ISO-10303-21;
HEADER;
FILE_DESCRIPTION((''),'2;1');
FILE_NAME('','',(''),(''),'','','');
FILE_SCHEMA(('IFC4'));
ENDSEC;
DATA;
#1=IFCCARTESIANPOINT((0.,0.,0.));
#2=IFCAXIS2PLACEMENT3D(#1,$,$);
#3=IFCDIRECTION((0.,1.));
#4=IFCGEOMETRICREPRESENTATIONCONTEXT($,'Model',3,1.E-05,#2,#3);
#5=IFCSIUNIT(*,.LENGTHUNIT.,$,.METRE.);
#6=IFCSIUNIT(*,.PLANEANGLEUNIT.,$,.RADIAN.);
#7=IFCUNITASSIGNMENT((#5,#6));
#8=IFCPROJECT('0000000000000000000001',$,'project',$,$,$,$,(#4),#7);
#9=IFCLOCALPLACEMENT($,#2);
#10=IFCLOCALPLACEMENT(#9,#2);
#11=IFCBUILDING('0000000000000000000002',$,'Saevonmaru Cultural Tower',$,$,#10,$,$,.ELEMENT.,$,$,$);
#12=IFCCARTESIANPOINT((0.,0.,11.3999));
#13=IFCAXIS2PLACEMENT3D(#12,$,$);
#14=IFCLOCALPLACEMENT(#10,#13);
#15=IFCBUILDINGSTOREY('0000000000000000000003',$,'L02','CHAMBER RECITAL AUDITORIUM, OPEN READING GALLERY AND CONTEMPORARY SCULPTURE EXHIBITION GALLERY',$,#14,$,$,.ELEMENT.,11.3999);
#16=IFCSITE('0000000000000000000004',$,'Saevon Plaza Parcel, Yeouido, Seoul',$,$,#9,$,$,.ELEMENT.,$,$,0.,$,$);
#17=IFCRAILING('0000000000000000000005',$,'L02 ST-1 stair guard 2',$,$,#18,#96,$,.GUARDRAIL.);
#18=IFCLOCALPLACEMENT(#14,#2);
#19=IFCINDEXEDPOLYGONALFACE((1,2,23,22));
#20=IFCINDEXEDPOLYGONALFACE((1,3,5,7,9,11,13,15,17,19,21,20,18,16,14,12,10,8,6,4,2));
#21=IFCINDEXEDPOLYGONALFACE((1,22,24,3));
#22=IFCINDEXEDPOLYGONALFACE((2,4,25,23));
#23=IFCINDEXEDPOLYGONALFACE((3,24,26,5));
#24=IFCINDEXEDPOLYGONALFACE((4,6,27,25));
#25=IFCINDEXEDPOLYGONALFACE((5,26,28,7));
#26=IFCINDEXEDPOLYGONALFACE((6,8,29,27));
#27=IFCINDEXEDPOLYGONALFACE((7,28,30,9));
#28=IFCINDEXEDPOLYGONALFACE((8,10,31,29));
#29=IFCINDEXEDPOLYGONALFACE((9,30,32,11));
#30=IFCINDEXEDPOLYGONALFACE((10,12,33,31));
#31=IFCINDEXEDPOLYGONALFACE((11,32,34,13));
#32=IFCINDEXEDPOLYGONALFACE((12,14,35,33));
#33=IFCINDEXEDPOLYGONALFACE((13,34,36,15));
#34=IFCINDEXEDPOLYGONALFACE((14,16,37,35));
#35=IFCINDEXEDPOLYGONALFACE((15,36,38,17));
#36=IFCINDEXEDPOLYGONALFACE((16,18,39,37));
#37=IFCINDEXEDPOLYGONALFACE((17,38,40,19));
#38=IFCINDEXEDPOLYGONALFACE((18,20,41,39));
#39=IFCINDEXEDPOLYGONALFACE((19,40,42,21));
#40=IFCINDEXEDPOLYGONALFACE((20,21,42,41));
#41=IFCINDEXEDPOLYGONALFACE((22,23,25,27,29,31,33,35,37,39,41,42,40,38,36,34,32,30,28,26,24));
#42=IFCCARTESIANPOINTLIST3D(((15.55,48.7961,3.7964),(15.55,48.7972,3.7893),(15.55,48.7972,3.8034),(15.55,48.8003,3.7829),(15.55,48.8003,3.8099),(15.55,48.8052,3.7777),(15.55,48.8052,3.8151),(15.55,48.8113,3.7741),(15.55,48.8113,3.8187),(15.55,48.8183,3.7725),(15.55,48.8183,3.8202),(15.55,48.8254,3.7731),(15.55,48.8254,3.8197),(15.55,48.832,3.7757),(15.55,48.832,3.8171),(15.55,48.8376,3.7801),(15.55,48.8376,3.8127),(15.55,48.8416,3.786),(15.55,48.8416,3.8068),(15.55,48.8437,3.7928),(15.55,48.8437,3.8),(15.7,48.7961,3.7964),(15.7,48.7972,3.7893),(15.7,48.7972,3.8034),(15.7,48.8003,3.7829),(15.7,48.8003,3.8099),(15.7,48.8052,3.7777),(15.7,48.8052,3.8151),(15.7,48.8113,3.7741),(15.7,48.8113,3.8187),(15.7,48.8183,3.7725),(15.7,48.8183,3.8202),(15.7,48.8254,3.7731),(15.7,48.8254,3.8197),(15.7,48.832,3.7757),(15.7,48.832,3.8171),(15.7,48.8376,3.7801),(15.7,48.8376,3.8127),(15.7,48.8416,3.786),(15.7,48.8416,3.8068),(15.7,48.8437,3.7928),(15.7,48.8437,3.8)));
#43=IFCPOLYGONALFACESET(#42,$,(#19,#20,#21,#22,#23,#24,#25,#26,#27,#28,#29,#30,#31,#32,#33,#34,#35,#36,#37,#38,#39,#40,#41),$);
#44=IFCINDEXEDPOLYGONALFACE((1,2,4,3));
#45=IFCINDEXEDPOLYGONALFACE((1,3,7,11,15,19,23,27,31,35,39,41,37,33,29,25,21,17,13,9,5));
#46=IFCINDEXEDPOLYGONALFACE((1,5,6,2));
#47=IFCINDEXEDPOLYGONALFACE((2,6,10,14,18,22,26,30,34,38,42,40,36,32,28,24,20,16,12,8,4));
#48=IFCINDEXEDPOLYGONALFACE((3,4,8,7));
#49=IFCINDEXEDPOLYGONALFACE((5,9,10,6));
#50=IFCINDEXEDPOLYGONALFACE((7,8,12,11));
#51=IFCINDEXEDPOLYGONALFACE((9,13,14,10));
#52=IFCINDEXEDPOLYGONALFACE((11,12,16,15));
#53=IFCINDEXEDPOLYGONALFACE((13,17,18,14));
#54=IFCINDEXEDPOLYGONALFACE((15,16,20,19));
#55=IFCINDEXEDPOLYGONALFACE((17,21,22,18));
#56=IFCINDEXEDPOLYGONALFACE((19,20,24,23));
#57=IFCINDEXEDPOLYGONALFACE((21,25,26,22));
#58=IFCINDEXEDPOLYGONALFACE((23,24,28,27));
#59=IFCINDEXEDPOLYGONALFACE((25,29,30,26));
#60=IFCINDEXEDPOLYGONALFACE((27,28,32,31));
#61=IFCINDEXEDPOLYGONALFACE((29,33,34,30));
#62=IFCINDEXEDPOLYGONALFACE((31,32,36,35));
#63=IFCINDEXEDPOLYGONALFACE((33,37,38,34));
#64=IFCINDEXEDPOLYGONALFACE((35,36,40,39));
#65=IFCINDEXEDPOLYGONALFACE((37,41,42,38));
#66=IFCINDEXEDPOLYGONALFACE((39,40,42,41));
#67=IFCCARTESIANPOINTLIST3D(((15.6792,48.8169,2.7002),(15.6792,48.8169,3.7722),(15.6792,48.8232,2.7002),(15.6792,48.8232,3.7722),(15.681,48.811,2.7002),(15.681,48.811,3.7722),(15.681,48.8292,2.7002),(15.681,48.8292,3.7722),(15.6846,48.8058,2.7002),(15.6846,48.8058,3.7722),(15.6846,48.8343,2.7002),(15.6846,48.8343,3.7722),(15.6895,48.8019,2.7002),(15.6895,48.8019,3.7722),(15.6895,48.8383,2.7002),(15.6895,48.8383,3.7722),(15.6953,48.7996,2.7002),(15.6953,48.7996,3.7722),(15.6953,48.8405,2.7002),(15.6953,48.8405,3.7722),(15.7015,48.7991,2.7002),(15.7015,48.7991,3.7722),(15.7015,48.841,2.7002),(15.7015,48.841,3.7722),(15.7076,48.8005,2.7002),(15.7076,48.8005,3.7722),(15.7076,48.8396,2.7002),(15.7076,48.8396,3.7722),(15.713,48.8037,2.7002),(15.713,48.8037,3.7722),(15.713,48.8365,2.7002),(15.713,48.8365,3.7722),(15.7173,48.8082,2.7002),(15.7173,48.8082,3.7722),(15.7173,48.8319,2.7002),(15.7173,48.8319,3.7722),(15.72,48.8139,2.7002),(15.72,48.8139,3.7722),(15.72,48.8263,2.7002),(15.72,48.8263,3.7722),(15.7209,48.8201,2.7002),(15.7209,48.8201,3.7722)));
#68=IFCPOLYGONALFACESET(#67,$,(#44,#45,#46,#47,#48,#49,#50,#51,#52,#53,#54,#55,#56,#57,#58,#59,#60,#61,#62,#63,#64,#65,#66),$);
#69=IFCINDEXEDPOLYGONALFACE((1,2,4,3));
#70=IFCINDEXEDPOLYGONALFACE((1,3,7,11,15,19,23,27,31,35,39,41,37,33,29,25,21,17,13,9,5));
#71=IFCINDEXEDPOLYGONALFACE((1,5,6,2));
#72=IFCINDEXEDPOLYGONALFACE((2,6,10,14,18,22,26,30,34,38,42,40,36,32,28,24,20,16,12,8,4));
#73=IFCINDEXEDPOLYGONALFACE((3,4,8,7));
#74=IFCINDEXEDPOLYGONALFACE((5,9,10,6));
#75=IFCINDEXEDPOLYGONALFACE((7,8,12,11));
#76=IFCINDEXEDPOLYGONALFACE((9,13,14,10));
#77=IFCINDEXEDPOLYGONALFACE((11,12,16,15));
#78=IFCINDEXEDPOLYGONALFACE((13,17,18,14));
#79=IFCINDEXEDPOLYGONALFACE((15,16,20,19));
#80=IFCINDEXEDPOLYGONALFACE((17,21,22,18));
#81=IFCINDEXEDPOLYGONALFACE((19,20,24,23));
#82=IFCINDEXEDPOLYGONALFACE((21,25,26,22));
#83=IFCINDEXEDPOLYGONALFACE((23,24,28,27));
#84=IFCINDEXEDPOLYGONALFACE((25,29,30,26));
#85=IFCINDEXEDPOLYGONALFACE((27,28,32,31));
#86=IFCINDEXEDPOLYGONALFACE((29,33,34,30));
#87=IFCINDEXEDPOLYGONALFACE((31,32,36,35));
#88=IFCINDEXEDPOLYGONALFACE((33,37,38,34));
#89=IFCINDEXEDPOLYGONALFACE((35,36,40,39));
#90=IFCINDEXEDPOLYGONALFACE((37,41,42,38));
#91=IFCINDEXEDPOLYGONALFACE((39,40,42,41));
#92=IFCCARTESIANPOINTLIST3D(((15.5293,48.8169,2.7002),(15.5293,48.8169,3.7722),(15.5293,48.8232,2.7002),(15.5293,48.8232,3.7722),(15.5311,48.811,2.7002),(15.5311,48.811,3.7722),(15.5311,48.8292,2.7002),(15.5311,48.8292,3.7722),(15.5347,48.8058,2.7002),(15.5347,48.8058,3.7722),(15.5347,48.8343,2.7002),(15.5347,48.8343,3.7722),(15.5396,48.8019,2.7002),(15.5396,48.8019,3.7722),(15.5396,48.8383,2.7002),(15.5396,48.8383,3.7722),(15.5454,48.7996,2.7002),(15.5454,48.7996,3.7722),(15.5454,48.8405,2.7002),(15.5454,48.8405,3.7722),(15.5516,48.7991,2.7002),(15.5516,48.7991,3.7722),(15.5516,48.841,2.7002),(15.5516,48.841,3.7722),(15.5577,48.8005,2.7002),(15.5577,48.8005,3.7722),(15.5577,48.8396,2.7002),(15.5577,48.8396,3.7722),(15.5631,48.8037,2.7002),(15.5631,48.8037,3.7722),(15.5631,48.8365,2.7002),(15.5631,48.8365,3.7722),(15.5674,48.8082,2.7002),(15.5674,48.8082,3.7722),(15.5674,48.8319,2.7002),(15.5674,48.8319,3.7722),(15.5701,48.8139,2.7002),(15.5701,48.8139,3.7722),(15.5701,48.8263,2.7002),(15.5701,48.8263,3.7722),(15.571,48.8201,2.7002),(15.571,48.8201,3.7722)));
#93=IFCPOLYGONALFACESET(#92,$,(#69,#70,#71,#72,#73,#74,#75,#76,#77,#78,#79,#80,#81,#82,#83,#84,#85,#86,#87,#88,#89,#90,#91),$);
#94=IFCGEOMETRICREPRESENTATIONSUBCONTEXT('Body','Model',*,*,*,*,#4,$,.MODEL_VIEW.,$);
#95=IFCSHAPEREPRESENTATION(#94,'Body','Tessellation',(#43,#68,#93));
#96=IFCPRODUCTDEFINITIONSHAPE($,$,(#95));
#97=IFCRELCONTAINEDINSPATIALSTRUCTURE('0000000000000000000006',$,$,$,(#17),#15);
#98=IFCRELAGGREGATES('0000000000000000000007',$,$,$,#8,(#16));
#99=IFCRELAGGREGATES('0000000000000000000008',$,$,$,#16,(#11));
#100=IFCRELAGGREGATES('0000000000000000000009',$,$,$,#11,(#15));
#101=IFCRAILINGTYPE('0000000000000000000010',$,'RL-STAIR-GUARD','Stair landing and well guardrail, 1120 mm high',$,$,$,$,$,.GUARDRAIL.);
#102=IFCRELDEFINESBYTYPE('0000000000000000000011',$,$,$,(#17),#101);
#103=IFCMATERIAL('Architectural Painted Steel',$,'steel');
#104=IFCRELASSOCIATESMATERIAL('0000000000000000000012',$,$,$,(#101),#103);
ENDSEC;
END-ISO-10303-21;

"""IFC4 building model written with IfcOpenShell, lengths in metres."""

from ifc_helpers import new_model, si_unit, direction, frame, origin, origin_2d, place, context, subcontext, project, spatial, circle, extrude, material, type_object, element, save


model = new_model("IFC4")

# Units and contexts
model_context = context("Model", 3, precision=1e-05, world=origin(), true_north=direction((0.0, 1.0)))
body_context = subcontext(model_context, "Body", "Model", "MODEL_VIEW")
ifc_project = project(units=[si_unit("LENGTHUNIT", "METRE"), si_unit("PLANEANGLEUNIT", "RADIAN")], contexts=[model_context])

# Site, building, storey
site_placement = place(None, origin())
site = spatial("IfcSite", under=ifc_project, at=site_placement, Name="Saevon Plaza Parcel, Yeouido, Seoul", CompositionType="ELEMENT", RefElevation=0.0)
building_placement = place(site_placement, origin())
building = spatial("IfcBuilding", under=site, at=building_placement, Name="Saevonmaru Cultural Tower", CompositionType="ELEMENT")
storey_placement = place(building_placement, frame((0.0, 0.0, 11.3999)))
storey = spatial("IfcBuildingStorey", under=building, at=storey_placement, Name="L02", Description="CHAMBER RECITAL AUDITORIUM, OPEN READING GALLERY AND CONTEMPORARY SCULPTURE EXHIBITION GALLERY", CompositionType="ELEMENT", Elevation=11.3999)

# Railing
ifc_material_1 = material(Name="Architectural Painted Steel", Category="steel")
railing_type_1 = type_object("IfcRailingType", Name="RL-STAIR-GUARD", Description="Stair landing and well guardrail, 1120 mm high", PredefinedType="GUARDRAIL", material=ifc_material_1)
railing_1_placement = place(storey_placement, frame((15.7, 48.8201, 2.7002)))
element("IfcRailing", 1, at=railing_1_placement, inside=storey, type_object=railing_type_1, Name="L02 ST-1 stair guard 2", PredefinedType="GUARDRAIL", context=body_context, shape_type="SweptSolid", body=[
    extrude(circle(Radius=0.0239, at=origin_2d()), frame((0.0, 0.0, 1.0962), z_axis=(-1.0, 0.0, 0.0), x_axis=(0.0, -1.0, 0.0)), (0.0, 0.0, 1.0), 0.1499),
    extrude(circle(Radius=0.021, at=origin_2d()), origin(), (0.0, 0.0, 1.0), 1.072),
    extrude(circle(Radius=0.021, at=origin_2d()), frame((-0.1499, 0.0, 0.0)), (0.0, 0.0, 1.0), 1.072),
])

save(model, "model.ifc")
